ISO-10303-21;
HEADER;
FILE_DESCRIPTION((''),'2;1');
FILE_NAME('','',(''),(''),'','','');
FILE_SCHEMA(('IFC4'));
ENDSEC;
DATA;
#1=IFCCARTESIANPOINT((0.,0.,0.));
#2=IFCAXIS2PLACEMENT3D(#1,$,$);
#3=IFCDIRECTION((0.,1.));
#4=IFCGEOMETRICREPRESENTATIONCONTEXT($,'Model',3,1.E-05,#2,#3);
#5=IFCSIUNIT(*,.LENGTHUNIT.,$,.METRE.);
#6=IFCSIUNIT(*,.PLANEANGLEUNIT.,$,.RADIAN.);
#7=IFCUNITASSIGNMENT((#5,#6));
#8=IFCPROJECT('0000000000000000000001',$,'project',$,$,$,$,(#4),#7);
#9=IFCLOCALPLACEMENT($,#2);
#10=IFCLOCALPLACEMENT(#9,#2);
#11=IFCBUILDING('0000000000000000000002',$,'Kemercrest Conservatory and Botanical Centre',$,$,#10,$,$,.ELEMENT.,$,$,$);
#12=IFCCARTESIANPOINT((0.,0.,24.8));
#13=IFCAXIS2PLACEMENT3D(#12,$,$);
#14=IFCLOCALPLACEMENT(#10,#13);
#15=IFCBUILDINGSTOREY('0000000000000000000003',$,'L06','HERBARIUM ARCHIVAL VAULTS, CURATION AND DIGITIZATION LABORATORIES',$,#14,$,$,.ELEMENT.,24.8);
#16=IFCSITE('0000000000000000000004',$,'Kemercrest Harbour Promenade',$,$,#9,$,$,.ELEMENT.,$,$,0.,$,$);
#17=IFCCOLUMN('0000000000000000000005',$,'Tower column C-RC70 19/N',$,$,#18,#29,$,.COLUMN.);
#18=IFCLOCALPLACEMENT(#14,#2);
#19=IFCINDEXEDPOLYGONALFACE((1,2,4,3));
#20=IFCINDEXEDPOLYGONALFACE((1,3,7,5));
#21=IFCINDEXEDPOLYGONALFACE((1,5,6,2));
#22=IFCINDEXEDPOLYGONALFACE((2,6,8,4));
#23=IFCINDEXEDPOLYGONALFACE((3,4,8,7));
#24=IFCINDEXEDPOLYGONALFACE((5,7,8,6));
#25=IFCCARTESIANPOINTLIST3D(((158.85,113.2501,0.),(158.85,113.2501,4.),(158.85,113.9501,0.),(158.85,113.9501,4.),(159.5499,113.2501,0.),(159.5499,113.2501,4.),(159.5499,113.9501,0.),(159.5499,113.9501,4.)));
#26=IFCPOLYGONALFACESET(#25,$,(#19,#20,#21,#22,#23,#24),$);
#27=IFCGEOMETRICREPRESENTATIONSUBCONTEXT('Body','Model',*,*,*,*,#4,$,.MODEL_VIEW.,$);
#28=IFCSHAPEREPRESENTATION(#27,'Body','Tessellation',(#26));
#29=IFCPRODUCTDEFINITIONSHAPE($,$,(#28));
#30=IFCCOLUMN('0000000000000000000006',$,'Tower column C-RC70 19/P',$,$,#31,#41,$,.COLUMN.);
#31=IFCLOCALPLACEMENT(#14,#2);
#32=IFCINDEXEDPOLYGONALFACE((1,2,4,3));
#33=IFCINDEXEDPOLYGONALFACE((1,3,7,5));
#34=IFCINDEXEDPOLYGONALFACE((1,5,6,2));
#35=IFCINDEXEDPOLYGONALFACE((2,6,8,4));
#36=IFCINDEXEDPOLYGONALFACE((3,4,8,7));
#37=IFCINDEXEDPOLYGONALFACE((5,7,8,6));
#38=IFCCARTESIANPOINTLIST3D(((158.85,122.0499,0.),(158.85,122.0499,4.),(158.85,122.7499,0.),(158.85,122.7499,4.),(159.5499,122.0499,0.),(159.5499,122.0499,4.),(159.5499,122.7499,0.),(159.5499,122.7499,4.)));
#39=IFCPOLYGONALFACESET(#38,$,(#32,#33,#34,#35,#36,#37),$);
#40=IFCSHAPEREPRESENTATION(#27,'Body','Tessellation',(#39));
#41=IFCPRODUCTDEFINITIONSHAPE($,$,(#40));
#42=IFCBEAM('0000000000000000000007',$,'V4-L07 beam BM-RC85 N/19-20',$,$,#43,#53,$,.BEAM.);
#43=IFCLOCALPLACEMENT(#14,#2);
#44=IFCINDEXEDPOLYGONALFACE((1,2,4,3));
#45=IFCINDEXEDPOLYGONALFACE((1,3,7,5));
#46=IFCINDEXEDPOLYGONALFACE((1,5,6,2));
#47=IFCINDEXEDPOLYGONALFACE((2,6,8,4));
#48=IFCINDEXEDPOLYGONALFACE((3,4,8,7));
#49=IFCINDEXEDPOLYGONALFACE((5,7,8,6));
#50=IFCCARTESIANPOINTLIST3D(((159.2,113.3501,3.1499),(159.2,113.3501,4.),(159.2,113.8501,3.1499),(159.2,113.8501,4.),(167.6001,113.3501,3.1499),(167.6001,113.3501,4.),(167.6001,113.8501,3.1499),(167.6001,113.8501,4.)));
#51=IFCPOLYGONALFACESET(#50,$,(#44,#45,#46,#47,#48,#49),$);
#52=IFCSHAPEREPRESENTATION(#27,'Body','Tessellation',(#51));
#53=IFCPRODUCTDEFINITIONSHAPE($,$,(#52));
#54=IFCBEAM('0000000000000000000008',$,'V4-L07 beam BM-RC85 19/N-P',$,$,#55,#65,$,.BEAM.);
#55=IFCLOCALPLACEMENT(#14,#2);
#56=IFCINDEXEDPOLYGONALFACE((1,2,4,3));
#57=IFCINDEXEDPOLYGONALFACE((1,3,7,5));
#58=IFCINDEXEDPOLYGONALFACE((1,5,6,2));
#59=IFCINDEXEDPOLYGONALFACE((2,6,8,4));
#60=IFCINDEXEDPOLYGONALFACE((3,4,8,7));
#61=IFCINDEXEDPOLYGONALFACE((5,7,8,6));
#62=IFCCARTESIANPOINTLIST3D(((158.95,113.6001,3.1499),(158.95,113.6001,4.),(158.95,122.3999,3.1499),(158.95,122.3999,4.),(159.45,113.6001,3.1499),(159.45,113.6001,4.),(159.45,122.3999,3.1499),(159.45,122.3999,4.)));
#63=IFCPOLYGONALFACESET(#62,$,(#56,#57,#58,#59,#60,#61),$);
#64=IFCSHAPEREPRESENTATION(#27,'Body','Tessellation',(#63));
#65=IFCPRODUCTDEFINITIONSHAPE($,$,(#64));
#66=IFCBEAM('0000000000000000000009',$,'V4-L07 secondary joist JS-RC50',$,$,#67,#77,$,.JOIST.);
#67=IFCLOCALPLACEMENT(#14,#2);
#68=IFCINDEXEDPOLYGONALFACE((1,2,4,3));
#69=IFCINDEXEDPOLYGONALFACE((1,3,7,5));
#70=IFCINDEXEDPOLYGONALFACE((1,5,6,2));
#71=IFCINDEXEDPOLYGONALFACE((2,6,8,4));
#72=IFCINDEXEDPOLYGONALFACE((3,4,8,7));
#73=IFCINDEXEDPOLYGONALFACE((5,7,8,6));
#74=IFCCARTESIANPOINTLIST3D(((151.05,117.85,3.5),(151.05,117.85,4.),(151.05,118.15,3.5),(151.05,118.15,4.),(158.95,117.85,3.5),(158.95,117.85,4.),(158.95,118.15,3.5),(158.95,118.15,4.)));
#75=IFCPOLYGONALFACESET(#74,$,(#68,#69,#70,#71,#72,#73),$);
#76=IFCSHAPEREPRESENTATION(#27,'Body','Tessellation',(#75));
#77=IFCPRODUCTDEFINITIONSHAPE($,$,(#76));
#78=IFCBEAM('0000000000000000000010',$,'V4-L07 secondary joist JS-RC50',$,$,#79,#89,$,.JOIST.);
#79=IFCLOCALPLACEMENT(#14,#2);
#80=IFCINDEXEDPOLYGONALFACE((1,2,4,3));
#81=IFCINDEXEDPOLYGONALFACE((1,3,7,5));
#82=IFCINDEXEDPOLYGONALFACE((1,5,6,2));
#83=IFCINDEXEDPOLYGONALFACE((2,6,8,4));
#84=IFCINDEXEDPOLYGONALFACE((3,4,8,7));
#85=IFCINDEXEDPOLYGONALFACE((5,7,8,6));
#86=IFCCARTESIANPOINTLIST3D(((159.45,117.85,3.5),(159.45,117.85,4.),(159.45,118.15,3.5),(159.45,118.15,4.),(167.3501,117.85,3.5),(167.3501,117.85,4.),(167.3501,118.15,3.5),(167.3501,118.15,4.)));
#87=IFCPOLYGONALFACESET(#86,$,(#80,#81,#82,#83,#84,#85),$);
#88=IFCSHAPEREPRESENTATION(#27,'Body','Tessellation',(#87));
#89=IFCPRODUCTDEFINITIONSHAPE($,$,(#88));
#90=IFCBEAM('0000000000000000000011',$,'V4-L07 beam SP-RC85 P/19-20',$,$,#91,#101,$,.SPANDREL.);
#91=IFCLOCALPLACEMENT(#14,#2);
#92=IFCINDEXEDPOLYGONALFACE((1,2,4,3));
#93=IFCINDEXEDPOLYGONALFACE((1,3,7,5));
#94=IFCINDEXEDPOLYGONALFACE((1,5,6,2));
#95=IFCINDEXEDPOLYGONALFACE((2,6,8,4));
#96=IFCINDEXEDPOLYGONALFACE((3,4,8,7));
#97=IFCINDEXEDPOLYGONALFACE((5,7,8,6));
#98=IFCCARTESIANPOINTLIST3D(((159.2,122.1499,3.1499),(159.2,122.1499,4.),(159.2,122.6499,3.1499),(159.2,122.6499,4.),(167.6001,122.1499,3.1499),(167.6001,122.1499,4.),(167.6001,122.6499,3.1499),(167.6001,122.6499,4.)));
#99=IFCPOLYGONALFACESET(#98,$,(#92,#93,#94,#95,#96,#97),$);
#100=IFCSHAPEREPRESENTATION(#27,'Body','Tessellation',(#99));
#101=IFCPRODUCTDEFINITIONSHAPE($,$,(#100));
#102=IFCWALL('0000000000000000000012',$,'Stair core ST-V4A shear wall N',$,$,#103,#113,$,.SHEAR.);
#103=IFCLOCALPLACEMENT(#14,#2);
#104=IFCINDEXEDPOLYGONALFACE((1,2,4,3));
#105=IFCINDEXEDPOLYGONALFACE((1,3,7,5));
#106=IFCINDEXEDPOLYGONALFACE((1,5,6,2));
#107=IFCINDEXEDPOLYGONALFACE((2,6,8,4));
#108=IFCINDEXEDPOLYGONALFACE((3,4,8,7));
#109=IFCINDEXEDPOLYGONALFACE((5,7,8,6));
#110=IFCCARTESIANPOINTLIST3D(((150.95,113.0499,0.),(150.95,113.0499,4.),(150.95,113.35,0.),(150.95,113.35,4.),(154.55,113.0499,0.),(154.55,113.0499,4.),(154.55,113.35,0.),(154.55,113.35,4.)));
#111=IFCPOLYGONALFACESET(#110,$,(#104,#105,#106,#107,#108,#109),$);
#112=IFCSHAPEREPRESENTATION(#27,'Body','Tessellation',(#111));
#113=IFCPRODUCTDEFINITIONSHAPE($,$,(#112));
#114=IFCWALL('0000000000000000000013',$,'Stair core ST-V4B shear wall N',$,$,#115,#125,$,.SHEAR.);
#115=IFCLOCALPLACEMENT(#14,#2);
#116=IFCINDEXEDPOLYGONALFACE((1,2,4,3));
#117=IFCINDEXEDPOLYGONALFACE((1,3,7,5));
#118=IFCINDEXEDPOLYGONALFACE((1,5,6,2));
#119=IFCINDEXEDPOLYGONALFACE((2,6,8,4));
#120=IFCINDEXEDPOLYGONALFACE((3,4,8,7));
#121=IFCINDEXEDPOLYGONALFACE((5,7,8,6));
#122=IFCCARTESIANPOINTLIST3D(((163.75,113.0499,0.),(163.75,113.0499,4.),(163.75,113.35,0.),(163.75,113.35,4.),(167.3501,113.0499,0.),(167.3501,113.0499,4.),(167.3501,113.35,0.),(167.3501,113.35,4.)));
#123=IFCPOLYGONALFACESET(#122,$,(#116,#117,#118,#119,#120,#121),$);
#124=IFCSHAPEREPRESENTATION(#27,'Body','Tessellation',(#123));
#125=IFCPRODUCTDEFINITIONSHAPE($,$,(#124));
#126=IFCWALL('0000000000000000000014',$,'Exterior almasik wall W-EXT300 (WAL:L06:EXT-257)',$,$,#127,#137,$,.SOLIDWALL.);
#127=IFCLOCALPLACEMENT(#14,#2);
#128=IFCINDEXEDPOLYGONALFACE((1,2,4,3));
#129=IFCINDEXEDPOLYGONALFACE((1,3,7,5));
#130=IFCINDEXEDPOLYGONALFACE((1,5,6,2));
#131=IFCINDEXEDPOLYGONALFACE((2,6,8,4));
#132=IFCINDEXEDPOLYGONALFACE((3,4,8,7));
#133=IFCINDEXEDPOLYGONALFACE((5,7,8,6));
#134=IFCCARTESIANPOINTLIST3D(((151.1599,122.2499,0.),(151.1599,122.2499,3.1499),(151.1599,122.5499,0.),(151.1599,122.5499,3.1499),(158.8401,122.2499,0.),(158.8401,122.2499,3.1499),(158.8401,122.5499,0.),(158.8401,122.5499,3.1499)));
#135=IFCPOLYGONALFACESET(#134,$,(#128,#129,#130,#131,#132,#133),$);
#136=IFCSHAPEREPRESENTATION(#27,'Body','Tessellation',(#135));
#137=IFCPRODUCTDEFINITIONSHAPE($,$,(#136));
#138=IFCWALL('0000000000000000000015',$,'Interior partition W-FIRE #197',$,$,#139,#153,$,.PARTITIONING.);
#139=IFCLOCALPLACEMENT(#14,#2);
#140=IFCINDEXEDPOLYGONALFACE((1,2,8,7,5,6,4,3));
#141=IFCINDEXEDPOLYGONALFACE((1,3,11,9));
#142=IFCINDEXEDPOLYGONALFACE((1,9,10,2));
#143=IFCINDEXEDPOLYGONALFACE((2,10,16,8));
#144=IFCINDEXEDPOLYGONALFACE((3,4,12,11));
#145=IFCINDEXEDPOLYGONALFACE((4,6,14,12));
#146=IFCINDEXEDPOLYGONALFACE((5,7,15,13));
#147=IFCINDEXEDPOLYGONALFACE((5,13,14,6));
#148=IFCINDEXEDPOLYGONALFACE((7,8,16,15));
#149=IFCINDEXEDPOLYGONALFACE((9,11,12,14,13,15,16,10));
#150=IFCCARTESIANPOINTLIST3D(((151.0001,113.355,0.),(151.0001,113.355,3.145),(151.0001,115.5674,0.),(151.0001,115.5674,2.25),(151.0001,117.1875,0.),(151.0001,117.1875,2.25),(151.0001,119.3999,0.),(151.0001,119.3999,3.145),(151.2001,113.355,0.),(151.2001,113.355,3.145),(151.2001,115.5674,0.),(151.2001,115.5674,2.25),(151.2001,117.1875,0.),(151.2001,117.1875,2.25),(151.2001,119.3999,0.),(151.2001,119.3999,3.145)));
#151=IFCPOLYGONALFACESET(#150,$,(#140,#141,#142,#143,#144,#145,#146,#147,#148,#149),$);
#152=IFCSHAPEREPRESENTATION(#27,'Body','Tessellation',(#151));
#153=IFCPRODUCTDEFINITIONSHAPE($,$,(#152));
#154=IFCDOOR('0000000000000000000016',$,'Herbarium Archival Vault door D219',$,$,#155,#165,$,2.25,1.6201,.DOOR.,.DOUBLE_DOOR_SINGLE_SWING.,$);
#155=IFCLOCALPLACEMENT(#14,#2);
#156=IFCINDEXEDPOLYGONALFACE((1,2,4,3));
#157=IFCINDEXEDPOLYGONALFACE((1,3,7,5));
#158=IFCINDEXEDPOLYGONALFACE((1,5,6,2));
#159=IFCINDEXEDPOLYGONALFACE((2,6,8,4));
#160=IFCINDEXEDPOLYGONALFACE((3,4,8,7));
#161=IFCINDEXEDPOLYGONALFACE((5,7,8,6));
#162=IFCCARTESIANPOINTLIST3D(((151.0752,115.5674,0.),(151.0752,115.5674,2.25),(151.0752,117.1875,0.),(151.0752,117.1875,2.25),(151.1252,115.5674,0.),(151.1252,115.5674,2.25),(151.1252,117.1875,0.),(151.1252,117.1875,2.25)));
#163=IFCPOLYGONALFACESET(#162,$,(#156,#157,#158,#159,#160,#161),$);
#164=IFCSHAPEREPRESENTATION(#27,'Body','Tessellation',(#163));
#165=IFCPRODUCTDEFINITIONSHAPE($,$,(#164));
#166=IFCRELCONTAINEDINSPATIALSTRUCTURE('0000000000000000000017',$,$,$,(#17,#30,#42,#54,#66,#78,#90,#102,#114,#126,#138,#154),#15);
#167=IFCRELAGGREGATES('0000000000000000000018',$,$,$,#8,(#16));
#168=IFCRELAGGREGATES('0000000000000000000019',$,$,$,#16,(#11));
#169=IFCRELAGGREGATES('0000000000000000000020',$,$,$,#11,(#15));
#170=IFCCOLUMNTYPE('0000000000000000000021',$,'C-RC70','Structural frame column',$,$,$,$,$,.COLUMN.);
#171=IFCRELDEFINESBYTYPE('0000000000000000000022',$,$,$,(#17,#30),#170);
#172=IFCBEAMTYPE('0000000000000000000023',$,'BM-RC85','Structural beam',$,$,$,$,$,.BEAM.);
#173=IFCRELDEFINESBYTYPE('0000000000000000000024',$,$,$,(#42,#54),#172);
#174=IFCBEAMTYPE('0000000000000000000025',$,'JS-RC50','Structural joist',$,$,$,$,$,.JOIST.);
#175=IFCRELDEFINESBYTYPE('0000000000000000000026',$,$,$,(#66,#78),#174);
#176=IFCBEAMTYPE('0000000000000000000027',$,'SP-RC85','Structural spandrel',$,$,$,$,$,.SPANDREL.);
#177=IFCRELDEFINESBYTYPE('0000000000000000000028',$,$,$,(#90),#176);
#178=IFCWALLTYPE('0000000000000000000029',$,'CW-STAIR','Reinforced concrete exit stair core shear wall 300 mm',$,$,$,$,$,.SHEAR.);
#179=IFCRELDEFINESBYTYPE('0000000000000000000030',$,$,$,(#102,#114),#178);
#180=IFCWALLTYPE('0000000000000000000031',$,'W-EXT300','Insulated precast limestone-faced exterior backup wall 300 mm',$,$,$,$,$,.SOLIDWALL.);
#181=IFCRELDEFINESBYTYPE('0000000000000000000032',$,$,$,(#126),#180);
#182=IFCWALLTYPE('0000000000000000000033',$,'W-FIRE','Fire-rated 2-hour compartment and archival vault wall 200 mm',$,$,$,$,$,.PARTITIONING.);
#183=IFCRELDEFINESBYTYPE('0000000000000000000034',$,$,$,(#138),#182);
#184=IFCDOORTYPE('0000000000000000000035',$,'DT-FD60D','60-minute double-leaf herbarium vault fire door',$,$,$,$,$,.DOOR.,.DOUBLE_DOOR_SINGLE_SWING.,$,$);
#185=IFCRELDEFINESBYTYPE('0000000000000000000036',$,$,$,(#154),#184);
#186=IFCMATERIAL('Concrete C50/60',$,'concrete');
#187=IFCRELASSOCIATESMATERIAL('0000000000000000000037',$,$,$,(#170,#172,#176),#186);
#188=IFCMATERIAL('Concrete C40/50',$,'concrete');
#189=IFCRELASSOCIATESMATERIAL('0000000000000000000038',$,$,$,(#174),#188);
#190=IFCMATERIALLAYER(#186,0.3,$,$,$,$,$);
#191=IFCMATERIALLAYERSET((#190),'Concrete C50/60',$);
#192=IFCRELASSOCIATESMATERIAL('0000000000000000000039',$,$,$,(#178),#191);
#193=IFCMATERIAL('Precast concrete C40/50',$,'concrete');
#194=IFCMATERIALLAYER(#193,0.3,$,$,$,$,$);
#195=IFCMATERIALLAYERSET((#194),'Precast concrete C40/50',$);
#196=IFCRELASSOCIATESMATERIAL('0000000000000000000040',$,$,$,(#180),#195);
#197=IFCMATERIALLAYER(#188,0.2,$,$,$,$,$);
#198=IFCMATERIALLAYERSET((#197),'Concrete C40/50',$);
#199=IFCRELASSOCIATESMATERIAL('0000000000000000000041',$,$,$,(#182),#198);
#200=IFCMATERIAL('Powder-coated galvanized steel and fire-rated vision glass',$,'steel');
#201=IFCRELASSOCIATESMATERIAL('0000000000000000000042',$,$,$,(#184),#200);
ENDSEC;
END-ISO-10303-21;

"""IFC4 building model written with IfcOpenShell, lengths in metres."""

from ifc_helpers import new_model, si_unit, direction, frame, frame_2d, origin, origin_2d, place, context, subcontext, project, spatial, rectangle, extrude, material, layer, layer_set, material_profile, profile_set, type_object, element, fill, save


model = new_model("IFC4")

# Units and contexts
model_context = context("Model", 3, precision=1e-05, world=origin(), true_north=direction((0.0, 1.0)))
body_context = subcontext(model_context, "Body", "Model", "MODEL_VIEW")
ifc_project = project(units=[si_unit("LENGTHUNIT", "METRE"), si_unit("PLANEANGLEUNIT", "RADIAN")], contexts=[model_context])

# Site, building, storey
site_placement = place(None, origin())
site = spatial("IfcSite", under=ifc_project, at=site_placement, Name="Kemercrest Harbour Promenade", CompositionType="ELEMENT", RefElevation=0.0)
building_placement = place(site_placement, origin())
building = spatial("IfcBuilding", under=site, at=building_placement, Name="Kemercrest Conservatory and Botanical Centre", CompositionType="ELEMENT")
storey_placement = place(building_placement, frame((0.0, 0.0, 24.8)))
storey = spatial("IfcBuildingStorey", under=building, at=storey_placement, Name="L06", Description="HERBARIUM ARCHIVAL VAULTS, CURATION AND DIGITIZATION LABORATORIES", CompositionType="ELEMENT", Elevation=24.8)

# Columns
ifc_material_1 = material(Name="Concrete C50/60", Category="concrete")
ifc_material_profile_1 = material_profile(ifc_material_1, rectangle(XDim=0.7, YDim=0.7, at=origin_2d()), Name="RC 700x700")
ifc_profile_set_1 = profile_set([ifc_material_profile_1], Name="Concrete C50/60")
column_type = type_object("IfcColumnType", Name="C-RC70", Description="Structural frame column", PredefinedType="COLUMN", material=ifc_profile_set_1)
for number, where, z_axis, x_axis, name in (
    (1, (159.2, 113.6001, 0.0), (0.0, 0.0, 1.0), (1.0, 0.0, 0.0), "Tower column C-RC70 19/N"),
    (2, (159.2, 122.3999, 0.0), (0.0, 0.0, 1.0), (1.0, 0.0, 0.0), "Tower column C-RC70 19/P"),
):
    element("IfcColumn", number, at=place(storey_placement, frame(where, z_axis=z_axis, x_axis=x_axis)), inside=storey, type_object=column_type, Name=name, PredefinedType="COLUMN", context=body_context, shape_type="SweptSolid", body=[
        extrude(rectangle(XDim=0.7, YDim=0.7, at=origin_2d()), origin(), (0.0, 0.0, 1.0), 4.0),
    ])

# Beams
ifc_material_profile_2 = material_profile(ifc_material_1, rectangle(XDim=0.5, YDim=0.8501, at=origin_2d()), Name="RC 500x850")
ifc_profile_set_2 = profile_set([ifc_material_profile_2], Name="Concrete C50/60")
beam_type_1 = type_object("IfcBeamType", Name="BM-RC85", Description="Structural beam", PredefinedType="BEAM", material=ifc_profile_set_2)
beam_1_placement = place(storey_placement, frame((159.2, 113.6001, 3.575), z_axis=(1.0, 0.0, 0.0), x_axis=(0.0, 1.0, 0.0)))
element("IfcBeam", 3, at=beam_1_placement, inside=storey, type_object=beam_type_1, Name="V4-L07 beam BM-RC85 N/19-20", PredefinedType="BEAM", context=body_context, shape_type="SweptSolid", body=[
    extrude(rectangle(XDim=0.5, YDim=0.8501, at=origin_2d()), origin(), (0.0, 0.0, 1.0), 8.4001),
])
beam_2_placement = place(storey_placement, frame((159.2, 113.6001, 3.575), z_axis=(0.0, 1.0, 0.0), x_axis=(-1.0, 0.0, 0.0)))
element("IfcBeam", 4, at=beam_2_placement, inside=storey, type_object=beam_type_1, Name="V4-L07 beam BM-RC85 19/N-P", PredefinedType="BEAM", context=body_context, shape_type="SweptSolid", body=[
    extrude(rectangle(XDim=0.5, YDim=0.8501, at=origin_2d()), origin(), (0.0, 0.0, 1.0), 8.7998),
])
ifc_material_2 = material(Name="Concrete C40/50", Category="concrete")
ifc_material_profile_3 = material_profile(ifc_material_2, rectangle(XDim=0.3, YDim=0.5, at=origin_2d()), Name="RC 300x500")
ifc_profile_set_3 = profile_set([ifc_material_profile_3], Name="Concrete C40/50")
beam_type_2 = type_object("IfcBeamType", Name="JS-RC50", Description="Structural joist", PredefinedType="JOIST", material=ifc_profile_set_3)
beam_3_placement = place(storey_placement, frame((151.05, 118.0, 3.75), z_axis=(1.0, 0.0, 0.0), x_axis=(0.0, 1.0, 0.0)))
element("IfcBeam", 5, at=beam_3_placement, inside=storey, type_object=beam_type_2, Name="V4-L07 secondary joist JS-RC50", PredefinedType="JOIST", context=body_context, shape_type="SweptSolid", body=[
    extrude(rectangle(XDim=0.3, YDim=0.5, at=origin_2d()), origin(), (0.0, 0.0, 1.0), 7.8999),
])
beam_4_placement = place(storey_placement, frame((159.45, 118.0, 3.75), z_axis=(1.0, 0.0, 0.0), x_axis=(0.0, 1.0, 0.0)))
element("IfcBeam", 6, at=beam_4_placement, inside=storey, type_object=beam_type_2, Name="V4-L07 secondary joist JS-RC50", PredefinedType="JOIST", context=body_context, shape_type="SweptSolid", body=[
    extrude(rectangle(XDim=0.3, YDim=0.5, at=origin_2d()), origin(), (0.0, 0.0, 1.0), 7.9001),
])
ifc_material_profile_4 = material_profile(ifc_material_1, rectangle(XDim=0.5, YDim=0.8501, at=origin_2d()), Name="RC 500x850")
ifc_profile_set_4 = profile_set([ifc_material_profile_4], Name="Concrete C50/60")
beam_type_3 = type_object("IfcBeamType", Name="SP-RC85", Description="Structural spandrel", PredefinedType="SPANDREL", material=ifc_profile_set_4)
beam_5_placement = place(storey_placement, frame((159.2, 122.3999, 3.575), z_axis=(1.0, 0.0, 0.0), x_axis=(0.0, 1.0, 0.0)))
element("IfcBeam", 7, at=beam_5_placement, inside=storey, type_object=beam_type_3, Name="V4-L07 beam SP-RC85 P/19-20", PredefinedType="SPANDREL", context=body_context, shape_type="SweptSolid", body=[
    extrude(rectangle(XDim=0.5, YDim=0.8501, at=origin_2d()), origin(), (0.0, 0.0, 1.0), 8.4001),
])

# Walls
ifc_layer_1 = layer(ifc_material_1, 0.3)
ifc_layer_set_1 = layer_set([ifc_layer_1], Name="Concrete C50/60")
wall_type_1 = type_object("IfcWallType", Name="CW-STAIR", Description="Reinforced concrete exit stair core shear wall 300 mm", PredefinedType="SHEAR", material=ifc_layer_set_1)
for number, where, z_axis, x_axis, name in (
    (8, (150.95, 113.2, 0.0), (0.0, 0.0, 1.0), (1.0, 0.0, 0.0), "Stair core ST-V4A shear wall N"),
    (9, (163.75, 113.2, 0.0), (0.0, 0.0, 1.0), (1.0, 0.0, 0.0), "Stair core ST-V4B shear wall N"),
):
    element("IfcWall", number, at=place(storey_placement, frame(where, z_axis=z_axis, x_axis=x_axis)), inside=storey, type_object=wall_type_1, Name=name, PredefinedType="SHEAR", context=body_context, shape_type="SweptSolid", body=[
        extrude(rectangle(XDim=3.6001, YDim=0.3, at=frame_2d((1.8, 0.0))), origin(), (0.0, 0.0, 1.0), 4.0),
    ])
ifc_material_3 = material(Name="Precast concrete C40/50", Category="concrete")
ifc_layer_2 = layer(ifc_material_3, 0.3)
ifc_layer_set_2 = layer_set([ifc_layer_2], Name="Precast concrete C40/50")
wall_type_2 = type_object("IfcWallType", Name="W-EXT300", Description="Insulated precast limestone-faced exterior backup wall 300 mm", PredefinedType="SOLIDWALL", material=ifc_layer_set_2)
wall_1_placement = place(storey_placement, frame((158.8401, 122.3999, 0.0), z_axis=(0.0, 0.0, 1.0), x_axis=(-1.0, 0.0, 0.0)))
element("IfcWall", 10, at=wall_1_placement, inside=storey, type_object=wall_type_2, Name="Exterior almasik wall W-EXT300 (WAL:L06:EXT-257)", PredefinedType="SOLIDWALL", context=body_context, shape_type="SweptSolid", body=[
    extrude(rectangle(XDim=7.6802, YDim=0.3, at=frame_2d((3.8401, 0.0))), origin(), (0.0, 0.0, 1.0), 3.1499),
])

# Wall, opening, door
ifc_layer_3 = layer(ifc_material_2, 0.2)
ifc_layer_set_3 = layer_set([ifc_layer_3], Name="Concrete C40/50")
wall_type_3 = type_object("IfcWallType", Name="W-FIRE", Description="Fire-rated 2-hour compartment and archival vault wall 200 mm", PredefinedType="PARTITIONING", material=ifc_layer_set_3)
wall_2_placement = place(storey_placement, frame((151.1001, 113.355, 0.0), z_axis=(0.0, 0.0, 1.0), x_axis=(0.0, 1.0, 0.0)))
wall_2 = element("IfcWall", 11, at=wall_2_placement, inside=storey, type_object=wall_type_3, Name="Interior partition W-FIRE #197", PredefinedType="PARTITIONING", context=body_context, shape_type="SweptSolid", body=[
    extrude(rectangle(XDim=6.0449, YDim=0.2, at=frame_2d((3.0225, 0.0))), origin(), (0.0, 0.0, 1.0), 3.145),
])
opening_1_placement = place(wall_2_placement, frame((2.2124, 0.0, 0.0)))
opening_1 = element("IfcOpeningElement", 12, at=opening_1_placement, cuts=wall_2, PredefinedType="OPENING", context=body_context, shape_type="SweptSolid", body=[
    extrude(rectangle(XDim=1.6201, YDim=2.25, at=frame_2d((0.8101, 1.125))), frame((0.0, 0.1099, 0.0), z_axis=(0.0, -1.0, 0.0), x_axis=(1.0, 0.0, 0.0)), (0.0, 0.0, 1.0), 0.22),
])
ifc_material_4 = material(Name="Powder-coated galvanized steel and fire-rated vision glass", Category="steel")
door_type_1 = type_object("IfcDoorType", Name="DT-FD60D", Description="60-minute double-leaf herbarium vault fire door", OperationType="DOUBLE_DOOR_SINGLE_SWING", PredefinedType="DOOR", material=ifc_material_4)
door_1_placement = place(opening_1_placement, origin())
door_1 = element("IfcDoor", 13, at=door_1_placement, inside=storey, type_object=door_type_1, Name="Herbarium Archival Vault door D219", OperationType="DOUBLE_DOOR_SINGLE_SWING", OverallHeight=2.25, OverallWidth=1.6201, PredefinedType="DOOR", context=body_context, shape_type="SweptSolid", body=[
    extrude(rectangle(XDim=1.6201, YDim=2.25, at=frame_2d((0.8101, 1.125))), frame((0.0, 0.0249, 0.0), z_axis=(0.0, -1.0, 0.0), x_axis=(1.0, 0.0, 0.0)), (0.0, 0.0, 1.0), 0.05),
])
fill(opening_1, door_1)

save(model, "model.ifc")
